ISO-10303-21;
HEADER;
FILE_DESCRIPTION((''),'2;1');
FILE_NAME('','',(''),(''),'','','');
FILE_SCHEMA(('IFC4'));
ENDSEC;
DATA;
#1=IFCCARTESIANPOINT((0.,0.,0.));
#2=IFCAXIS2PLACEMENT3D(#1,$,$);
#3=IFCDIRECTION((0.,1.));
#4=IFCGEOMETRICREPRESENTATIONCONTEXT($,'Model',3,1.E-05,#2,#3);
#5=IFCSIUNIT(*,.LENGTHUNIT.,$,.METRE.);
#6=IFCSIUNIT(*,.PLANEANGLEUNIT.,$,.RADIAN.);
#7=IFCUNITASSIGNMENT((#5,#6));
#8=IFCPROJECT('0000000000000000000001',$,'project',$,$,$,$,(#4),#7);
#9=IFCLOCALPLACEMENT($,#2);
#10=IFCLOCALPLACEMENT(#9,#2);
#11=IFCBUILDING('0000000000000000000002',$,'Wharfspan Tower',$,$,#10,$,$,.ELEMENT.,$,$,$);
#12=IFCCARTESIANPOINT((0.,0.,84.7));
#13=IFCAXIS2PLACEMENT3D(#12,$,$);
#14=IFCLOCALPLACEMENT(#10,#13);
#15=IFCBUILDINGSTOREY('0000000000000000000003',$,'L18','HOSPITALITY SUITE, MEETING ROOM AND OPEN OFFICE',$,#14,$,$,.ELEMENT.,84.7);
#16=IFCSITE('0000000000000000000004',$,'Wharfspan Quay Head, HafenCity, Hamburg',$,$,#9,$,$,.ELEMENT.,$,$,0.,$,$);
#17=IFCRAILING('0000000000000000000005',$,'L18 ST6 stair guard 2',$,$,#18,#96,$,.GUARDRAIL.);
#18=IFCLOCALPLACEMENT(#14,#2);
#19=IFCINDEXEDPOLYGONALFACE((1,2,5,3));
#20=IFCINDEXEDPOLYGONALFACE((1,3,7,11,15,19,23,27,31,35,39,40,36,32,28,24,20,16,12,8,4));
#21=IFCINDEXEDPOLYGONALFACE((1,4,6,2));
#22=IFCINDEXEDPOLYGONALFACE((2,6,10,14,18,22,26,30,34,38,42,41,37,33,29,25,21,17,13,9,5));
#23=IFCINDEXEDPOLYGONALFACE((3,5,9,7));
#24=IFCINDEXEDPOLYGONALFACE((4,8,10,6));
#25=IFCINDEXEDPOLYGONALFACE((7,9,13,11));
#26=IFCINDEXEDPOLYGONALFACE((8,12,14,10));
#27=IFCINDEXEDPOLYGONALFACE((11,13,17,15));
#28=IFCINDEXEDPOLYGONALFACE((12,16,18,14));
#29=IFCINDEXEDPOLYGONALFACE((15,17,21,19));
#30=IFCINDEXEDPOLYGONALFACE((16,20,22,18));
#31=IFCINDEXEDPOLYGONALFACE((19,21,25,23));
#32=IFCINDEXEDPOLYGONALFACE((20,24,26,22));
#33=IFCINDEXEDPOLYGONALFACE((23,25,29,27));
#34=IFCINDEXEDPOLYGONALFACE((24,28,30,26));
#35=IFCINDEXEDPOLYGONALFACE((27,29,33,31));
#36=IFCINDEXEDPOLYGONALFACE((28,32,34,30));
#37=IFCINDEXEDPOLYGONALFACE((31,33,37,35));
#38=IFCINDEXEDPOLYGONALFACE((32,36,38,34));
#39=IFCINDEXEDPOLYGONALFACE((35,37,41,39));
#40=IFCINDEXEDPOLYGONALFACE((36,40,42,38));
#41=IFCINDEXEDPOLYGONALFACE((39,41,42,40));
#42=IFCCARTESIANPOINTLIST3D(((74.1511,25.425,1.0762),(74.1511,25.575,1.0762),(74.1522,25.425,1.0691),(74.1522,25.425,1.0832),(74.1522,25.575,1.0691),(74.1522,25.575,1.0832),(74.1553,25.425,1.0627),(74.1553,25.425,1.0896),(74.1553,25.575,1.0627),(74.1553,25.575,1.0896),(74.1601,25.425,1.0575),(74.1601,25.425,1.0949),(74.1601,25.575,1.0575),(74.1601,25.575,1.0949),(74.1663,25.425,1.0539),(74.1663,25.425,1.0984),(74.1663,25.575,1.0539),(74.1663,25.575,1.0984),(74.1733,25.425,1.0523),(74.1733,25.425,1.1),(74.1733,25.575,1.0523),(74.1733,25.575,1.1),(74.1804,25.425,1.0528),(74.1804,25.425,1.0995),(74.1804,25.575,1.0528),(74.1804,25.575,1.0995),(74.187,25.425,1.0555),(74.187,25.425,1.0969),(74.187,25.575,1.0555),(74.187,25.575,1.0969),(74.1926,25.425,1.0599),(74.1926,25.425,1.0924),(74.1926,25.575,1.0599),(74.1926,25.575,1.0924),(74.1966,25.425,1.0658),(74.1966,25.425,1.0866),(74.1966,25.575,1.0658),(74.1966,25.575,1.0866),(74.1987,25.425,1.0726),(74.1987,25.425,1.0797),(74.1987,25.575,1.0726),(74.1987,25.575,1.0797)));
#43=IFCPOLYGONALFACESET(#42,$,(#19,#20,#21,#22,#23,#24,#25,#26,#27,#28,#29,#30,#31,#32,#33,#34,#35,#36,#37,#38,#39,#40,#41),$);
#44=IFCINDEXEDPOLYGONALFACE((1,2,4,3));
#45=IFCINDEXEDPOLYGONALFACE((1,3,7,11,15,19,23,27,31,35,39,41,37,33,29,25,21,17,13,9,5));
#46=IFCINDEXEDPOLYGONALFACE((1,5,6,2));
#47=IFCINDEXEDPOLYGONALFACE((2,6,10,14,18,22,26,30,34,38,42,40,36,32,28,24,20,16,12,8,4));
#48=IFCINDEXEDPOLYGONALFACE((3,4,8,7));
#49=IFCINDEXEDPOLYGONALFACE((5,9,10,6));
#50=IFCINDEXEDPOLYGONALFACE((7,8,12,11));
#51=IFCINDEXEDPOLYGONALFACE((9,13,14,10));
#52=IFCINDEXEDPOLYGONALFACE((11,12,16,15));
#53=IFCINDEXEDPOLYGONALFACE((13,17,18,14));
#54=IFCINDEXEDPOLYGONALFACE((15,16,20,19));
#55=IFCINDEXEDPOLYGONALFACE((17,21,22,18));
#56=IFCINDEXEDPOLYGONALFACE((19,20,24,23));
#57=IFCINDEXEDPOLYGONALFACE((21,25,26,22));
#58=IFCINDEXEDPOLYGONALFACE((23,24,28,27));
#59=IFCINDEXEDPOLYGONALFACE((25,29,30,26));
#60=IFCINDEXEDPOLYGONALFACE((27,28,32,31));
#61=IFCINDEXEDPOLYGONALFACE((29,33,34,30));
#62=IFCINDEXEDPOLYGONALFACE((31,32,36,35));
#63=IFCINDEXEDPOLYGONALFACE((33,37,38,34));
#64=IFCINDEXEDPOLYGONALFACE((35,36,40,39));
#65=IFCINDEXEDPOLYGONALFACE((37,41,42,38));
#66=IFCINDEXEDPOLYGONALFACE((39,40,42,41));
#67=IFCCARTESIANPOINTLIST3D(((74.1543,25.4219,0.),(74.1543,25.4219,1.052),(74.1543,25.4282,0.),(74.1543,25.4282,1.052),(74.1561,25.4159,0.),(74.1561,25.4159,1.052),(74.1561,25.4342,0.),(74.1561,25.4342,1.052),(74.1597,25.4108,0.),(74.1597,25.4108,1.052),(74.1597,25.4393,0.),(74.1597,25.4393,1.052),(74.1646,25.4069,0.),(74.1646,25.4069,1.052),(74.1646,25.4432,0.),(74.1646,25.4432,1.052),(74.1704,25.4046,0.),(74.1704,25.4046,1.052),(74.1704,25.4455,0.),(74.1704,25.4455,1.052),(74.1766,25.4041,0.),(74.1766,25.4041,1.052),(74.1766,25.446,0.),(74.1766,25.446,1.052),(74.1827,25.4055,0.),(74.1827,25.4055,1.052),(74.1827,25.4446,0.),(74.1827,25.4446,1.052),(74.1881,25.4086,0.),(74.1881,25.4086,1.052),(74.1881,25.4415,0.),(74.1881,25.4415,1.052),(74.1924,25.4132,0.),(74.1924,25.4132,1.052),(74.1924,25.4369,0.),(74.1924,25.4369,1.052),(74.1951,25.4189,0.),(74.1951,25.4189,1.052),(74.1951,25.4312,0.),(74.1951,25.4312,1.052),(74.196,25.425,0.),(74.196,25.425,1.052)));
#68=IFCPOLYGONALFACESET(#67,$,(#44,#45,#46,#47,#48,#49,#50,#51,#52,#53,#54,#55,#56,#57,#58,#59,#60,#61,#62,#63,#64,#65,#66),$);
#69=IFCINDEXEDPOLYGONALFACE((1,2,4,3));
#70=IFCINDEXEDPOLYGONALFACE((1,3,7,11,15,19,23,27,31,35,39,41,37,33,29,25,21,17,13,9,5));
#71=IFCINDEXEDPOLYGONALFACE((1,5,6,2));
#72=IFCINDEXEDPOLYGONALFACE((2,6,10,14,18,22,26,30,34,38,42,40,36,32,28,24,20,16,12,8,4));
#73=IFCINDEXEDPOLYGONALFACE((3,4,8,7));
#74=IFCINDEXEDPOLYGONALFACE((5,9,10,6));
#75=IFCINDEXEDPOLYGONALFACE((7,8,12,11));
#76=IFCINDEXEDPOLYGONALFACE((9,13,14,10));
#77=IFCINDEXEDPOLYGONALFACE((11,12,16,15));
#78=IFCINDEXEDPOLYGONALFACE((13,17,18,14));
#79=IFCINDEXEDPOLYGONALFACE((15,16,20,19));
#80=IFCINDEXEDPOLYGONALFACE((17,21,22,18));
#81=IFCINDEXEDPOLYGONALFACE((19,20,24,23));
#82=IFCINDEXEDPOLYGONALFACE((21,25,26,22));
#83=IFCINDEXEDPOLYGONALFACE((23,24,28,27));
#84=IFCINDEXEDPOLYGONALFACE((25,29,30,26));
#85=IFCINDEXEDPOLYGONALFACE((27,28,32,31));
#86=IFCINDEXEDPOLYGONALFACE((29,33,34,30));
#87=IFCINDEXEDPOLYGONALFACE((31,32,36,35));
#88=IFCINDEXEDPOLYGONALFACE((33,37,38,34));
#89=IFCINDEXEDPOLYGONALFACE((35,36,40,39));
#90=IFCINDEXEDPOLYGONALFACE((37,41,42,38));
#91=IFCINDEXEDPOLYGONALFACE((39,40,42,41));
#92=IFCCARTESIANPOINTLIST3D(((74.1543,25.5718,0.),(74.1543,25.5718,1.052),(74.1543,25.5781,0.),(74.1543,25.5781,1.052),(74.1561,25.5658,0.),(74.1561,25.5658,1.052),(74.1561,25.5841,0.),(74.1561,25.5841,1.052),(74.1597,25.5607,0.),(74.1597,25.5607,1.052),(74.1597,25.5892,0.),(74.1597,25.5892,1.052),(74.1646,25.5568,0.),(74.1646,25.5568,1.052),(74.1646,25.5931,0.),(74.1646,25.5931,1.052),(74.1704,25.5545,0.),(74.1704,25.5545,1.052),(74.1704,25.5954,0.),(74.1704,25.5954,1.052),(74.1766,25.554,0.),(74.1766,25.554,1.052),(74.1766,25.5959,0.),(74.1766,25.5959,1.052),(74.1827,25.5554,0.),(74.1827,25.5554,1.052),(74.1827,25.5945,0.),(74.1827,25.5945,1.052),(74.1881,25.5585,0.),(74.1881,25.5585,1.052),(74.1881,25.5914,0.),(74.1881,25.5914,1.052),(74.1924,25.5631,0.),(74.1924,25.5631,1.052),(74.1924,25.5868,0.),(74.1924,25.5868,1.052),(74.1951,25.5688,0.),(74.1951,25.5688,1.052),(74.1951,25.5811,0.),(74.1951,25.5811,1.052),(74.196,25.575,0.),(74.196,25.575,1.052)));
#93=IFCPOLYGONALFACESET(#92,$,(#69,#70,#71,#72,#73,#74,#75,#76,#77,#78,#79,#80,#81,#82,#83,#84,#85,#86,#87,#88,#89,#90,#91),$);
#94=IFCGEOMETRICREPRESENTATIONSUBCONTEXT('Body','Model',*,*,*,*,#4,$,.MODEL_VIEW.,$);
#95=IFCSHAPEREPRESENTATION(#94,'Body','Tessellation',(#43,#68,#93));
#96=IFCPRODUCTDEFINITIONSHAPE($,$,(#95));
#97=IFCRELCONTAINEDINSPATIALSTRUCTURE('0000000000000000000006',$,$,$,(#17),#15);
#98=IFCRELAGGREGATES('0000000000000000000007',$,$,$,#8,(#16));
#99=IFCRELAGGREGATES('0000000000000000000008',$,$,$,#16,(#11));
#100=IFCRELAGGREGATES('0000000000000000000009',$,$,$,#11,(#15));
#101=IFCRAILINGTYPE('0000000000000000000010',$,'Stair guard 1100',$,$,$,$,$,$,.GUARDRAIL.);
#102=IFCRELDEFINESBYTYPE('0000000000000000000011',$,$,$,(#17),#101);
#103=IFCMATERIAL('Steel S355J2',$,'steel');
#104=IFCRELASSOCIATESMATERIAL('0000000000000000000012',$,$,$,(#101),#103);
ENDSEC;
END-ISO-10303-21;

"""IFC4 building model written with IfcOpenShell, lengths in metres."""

from ifc_helpers import new_model, si_unit, direction, frame, origin, origin_2d, place, context, subcontext, project, spatial, circle, extrude, material, type_object, element, save


model = new_model("IFC4")

# Units and contexts
model_context = context("Model", 3, precision=1e-05, world=origin(), true_north=direction((0.0, 1.0)))
body_context = subcontext(model_context, "Body", "Model", "MODEL_VIEW")
ifc_project = project(units=[si_unit("LENGTHUNIT", "METRE"), si_unit("PLANEANGLEUNIT", "RADIAN")], contexts=[model_context])

# Site, building, storey
site_placement = place(None, origin())
site = spatial("IfcSite", under=ifc_project, at=site_placement, Name="Wharfspan Quay Head, HafenCity, Hamburg", CompositionType="ELEMENT", RefElevation=0.0)
building_placement = place(site_placement, origin())
building = spatial("IfcBuilding", under=site, at=building_placement, Name="Wharfspan Tower", CompositionType="ELEMENT")
storey_placement = place(building_placement, frame((0.0, 0.0, 84.7)))
storey = spatial("IfcBuildingStorey", under=building, at=storey_placement, Name="L18", Description="HOSPITALITY SUITE, MEETING ROOM AND OPEN OFFICE", CompositionType="ELEMENT", Elevation=84.7)

# Shared definitions
ifc_material_1 = material(Name="Steel S355J2", Category="steel")

# Railing
railing_type_1 = type_object("IfcRailingType", Name="Stair guard 1100", PredefinedType="GUARDRAIL", material=ifc_material_1)
railing_1_placement = place(storey_placement, frame((74.175, 25.425, 0.0)))
element("IfcRailing", 1, at=railing_1_placement, inside=storey, type_object=railing_type_1, Name="L18 ST6 stair guard 2", PredefinedType="GUARDRAIL", context=body_context, shape_type="SweptSolid", body=[
    extrude(circle(Radius=0.0239, at=origin_2d()), frame((0.0, 0.0, 1.0762), z_axis=(0.0, 1.0, 0.0), x_axis=(-1.0, 0.0, 0.0)), (0.0, 0.0, 1.0), 0.1499),
    extrude(circle(Radius=0.021, at=origin_2d()), origin(), (0.0, 0.0, 1.0), 1.052),
    extrude(circle(Radius=0.021, at=origin_2d()), frame((0.0, 0.1499, 0.0)), (0.0, 0.0, 1.0), 1.052),
])

save(model, "model.ifc")
